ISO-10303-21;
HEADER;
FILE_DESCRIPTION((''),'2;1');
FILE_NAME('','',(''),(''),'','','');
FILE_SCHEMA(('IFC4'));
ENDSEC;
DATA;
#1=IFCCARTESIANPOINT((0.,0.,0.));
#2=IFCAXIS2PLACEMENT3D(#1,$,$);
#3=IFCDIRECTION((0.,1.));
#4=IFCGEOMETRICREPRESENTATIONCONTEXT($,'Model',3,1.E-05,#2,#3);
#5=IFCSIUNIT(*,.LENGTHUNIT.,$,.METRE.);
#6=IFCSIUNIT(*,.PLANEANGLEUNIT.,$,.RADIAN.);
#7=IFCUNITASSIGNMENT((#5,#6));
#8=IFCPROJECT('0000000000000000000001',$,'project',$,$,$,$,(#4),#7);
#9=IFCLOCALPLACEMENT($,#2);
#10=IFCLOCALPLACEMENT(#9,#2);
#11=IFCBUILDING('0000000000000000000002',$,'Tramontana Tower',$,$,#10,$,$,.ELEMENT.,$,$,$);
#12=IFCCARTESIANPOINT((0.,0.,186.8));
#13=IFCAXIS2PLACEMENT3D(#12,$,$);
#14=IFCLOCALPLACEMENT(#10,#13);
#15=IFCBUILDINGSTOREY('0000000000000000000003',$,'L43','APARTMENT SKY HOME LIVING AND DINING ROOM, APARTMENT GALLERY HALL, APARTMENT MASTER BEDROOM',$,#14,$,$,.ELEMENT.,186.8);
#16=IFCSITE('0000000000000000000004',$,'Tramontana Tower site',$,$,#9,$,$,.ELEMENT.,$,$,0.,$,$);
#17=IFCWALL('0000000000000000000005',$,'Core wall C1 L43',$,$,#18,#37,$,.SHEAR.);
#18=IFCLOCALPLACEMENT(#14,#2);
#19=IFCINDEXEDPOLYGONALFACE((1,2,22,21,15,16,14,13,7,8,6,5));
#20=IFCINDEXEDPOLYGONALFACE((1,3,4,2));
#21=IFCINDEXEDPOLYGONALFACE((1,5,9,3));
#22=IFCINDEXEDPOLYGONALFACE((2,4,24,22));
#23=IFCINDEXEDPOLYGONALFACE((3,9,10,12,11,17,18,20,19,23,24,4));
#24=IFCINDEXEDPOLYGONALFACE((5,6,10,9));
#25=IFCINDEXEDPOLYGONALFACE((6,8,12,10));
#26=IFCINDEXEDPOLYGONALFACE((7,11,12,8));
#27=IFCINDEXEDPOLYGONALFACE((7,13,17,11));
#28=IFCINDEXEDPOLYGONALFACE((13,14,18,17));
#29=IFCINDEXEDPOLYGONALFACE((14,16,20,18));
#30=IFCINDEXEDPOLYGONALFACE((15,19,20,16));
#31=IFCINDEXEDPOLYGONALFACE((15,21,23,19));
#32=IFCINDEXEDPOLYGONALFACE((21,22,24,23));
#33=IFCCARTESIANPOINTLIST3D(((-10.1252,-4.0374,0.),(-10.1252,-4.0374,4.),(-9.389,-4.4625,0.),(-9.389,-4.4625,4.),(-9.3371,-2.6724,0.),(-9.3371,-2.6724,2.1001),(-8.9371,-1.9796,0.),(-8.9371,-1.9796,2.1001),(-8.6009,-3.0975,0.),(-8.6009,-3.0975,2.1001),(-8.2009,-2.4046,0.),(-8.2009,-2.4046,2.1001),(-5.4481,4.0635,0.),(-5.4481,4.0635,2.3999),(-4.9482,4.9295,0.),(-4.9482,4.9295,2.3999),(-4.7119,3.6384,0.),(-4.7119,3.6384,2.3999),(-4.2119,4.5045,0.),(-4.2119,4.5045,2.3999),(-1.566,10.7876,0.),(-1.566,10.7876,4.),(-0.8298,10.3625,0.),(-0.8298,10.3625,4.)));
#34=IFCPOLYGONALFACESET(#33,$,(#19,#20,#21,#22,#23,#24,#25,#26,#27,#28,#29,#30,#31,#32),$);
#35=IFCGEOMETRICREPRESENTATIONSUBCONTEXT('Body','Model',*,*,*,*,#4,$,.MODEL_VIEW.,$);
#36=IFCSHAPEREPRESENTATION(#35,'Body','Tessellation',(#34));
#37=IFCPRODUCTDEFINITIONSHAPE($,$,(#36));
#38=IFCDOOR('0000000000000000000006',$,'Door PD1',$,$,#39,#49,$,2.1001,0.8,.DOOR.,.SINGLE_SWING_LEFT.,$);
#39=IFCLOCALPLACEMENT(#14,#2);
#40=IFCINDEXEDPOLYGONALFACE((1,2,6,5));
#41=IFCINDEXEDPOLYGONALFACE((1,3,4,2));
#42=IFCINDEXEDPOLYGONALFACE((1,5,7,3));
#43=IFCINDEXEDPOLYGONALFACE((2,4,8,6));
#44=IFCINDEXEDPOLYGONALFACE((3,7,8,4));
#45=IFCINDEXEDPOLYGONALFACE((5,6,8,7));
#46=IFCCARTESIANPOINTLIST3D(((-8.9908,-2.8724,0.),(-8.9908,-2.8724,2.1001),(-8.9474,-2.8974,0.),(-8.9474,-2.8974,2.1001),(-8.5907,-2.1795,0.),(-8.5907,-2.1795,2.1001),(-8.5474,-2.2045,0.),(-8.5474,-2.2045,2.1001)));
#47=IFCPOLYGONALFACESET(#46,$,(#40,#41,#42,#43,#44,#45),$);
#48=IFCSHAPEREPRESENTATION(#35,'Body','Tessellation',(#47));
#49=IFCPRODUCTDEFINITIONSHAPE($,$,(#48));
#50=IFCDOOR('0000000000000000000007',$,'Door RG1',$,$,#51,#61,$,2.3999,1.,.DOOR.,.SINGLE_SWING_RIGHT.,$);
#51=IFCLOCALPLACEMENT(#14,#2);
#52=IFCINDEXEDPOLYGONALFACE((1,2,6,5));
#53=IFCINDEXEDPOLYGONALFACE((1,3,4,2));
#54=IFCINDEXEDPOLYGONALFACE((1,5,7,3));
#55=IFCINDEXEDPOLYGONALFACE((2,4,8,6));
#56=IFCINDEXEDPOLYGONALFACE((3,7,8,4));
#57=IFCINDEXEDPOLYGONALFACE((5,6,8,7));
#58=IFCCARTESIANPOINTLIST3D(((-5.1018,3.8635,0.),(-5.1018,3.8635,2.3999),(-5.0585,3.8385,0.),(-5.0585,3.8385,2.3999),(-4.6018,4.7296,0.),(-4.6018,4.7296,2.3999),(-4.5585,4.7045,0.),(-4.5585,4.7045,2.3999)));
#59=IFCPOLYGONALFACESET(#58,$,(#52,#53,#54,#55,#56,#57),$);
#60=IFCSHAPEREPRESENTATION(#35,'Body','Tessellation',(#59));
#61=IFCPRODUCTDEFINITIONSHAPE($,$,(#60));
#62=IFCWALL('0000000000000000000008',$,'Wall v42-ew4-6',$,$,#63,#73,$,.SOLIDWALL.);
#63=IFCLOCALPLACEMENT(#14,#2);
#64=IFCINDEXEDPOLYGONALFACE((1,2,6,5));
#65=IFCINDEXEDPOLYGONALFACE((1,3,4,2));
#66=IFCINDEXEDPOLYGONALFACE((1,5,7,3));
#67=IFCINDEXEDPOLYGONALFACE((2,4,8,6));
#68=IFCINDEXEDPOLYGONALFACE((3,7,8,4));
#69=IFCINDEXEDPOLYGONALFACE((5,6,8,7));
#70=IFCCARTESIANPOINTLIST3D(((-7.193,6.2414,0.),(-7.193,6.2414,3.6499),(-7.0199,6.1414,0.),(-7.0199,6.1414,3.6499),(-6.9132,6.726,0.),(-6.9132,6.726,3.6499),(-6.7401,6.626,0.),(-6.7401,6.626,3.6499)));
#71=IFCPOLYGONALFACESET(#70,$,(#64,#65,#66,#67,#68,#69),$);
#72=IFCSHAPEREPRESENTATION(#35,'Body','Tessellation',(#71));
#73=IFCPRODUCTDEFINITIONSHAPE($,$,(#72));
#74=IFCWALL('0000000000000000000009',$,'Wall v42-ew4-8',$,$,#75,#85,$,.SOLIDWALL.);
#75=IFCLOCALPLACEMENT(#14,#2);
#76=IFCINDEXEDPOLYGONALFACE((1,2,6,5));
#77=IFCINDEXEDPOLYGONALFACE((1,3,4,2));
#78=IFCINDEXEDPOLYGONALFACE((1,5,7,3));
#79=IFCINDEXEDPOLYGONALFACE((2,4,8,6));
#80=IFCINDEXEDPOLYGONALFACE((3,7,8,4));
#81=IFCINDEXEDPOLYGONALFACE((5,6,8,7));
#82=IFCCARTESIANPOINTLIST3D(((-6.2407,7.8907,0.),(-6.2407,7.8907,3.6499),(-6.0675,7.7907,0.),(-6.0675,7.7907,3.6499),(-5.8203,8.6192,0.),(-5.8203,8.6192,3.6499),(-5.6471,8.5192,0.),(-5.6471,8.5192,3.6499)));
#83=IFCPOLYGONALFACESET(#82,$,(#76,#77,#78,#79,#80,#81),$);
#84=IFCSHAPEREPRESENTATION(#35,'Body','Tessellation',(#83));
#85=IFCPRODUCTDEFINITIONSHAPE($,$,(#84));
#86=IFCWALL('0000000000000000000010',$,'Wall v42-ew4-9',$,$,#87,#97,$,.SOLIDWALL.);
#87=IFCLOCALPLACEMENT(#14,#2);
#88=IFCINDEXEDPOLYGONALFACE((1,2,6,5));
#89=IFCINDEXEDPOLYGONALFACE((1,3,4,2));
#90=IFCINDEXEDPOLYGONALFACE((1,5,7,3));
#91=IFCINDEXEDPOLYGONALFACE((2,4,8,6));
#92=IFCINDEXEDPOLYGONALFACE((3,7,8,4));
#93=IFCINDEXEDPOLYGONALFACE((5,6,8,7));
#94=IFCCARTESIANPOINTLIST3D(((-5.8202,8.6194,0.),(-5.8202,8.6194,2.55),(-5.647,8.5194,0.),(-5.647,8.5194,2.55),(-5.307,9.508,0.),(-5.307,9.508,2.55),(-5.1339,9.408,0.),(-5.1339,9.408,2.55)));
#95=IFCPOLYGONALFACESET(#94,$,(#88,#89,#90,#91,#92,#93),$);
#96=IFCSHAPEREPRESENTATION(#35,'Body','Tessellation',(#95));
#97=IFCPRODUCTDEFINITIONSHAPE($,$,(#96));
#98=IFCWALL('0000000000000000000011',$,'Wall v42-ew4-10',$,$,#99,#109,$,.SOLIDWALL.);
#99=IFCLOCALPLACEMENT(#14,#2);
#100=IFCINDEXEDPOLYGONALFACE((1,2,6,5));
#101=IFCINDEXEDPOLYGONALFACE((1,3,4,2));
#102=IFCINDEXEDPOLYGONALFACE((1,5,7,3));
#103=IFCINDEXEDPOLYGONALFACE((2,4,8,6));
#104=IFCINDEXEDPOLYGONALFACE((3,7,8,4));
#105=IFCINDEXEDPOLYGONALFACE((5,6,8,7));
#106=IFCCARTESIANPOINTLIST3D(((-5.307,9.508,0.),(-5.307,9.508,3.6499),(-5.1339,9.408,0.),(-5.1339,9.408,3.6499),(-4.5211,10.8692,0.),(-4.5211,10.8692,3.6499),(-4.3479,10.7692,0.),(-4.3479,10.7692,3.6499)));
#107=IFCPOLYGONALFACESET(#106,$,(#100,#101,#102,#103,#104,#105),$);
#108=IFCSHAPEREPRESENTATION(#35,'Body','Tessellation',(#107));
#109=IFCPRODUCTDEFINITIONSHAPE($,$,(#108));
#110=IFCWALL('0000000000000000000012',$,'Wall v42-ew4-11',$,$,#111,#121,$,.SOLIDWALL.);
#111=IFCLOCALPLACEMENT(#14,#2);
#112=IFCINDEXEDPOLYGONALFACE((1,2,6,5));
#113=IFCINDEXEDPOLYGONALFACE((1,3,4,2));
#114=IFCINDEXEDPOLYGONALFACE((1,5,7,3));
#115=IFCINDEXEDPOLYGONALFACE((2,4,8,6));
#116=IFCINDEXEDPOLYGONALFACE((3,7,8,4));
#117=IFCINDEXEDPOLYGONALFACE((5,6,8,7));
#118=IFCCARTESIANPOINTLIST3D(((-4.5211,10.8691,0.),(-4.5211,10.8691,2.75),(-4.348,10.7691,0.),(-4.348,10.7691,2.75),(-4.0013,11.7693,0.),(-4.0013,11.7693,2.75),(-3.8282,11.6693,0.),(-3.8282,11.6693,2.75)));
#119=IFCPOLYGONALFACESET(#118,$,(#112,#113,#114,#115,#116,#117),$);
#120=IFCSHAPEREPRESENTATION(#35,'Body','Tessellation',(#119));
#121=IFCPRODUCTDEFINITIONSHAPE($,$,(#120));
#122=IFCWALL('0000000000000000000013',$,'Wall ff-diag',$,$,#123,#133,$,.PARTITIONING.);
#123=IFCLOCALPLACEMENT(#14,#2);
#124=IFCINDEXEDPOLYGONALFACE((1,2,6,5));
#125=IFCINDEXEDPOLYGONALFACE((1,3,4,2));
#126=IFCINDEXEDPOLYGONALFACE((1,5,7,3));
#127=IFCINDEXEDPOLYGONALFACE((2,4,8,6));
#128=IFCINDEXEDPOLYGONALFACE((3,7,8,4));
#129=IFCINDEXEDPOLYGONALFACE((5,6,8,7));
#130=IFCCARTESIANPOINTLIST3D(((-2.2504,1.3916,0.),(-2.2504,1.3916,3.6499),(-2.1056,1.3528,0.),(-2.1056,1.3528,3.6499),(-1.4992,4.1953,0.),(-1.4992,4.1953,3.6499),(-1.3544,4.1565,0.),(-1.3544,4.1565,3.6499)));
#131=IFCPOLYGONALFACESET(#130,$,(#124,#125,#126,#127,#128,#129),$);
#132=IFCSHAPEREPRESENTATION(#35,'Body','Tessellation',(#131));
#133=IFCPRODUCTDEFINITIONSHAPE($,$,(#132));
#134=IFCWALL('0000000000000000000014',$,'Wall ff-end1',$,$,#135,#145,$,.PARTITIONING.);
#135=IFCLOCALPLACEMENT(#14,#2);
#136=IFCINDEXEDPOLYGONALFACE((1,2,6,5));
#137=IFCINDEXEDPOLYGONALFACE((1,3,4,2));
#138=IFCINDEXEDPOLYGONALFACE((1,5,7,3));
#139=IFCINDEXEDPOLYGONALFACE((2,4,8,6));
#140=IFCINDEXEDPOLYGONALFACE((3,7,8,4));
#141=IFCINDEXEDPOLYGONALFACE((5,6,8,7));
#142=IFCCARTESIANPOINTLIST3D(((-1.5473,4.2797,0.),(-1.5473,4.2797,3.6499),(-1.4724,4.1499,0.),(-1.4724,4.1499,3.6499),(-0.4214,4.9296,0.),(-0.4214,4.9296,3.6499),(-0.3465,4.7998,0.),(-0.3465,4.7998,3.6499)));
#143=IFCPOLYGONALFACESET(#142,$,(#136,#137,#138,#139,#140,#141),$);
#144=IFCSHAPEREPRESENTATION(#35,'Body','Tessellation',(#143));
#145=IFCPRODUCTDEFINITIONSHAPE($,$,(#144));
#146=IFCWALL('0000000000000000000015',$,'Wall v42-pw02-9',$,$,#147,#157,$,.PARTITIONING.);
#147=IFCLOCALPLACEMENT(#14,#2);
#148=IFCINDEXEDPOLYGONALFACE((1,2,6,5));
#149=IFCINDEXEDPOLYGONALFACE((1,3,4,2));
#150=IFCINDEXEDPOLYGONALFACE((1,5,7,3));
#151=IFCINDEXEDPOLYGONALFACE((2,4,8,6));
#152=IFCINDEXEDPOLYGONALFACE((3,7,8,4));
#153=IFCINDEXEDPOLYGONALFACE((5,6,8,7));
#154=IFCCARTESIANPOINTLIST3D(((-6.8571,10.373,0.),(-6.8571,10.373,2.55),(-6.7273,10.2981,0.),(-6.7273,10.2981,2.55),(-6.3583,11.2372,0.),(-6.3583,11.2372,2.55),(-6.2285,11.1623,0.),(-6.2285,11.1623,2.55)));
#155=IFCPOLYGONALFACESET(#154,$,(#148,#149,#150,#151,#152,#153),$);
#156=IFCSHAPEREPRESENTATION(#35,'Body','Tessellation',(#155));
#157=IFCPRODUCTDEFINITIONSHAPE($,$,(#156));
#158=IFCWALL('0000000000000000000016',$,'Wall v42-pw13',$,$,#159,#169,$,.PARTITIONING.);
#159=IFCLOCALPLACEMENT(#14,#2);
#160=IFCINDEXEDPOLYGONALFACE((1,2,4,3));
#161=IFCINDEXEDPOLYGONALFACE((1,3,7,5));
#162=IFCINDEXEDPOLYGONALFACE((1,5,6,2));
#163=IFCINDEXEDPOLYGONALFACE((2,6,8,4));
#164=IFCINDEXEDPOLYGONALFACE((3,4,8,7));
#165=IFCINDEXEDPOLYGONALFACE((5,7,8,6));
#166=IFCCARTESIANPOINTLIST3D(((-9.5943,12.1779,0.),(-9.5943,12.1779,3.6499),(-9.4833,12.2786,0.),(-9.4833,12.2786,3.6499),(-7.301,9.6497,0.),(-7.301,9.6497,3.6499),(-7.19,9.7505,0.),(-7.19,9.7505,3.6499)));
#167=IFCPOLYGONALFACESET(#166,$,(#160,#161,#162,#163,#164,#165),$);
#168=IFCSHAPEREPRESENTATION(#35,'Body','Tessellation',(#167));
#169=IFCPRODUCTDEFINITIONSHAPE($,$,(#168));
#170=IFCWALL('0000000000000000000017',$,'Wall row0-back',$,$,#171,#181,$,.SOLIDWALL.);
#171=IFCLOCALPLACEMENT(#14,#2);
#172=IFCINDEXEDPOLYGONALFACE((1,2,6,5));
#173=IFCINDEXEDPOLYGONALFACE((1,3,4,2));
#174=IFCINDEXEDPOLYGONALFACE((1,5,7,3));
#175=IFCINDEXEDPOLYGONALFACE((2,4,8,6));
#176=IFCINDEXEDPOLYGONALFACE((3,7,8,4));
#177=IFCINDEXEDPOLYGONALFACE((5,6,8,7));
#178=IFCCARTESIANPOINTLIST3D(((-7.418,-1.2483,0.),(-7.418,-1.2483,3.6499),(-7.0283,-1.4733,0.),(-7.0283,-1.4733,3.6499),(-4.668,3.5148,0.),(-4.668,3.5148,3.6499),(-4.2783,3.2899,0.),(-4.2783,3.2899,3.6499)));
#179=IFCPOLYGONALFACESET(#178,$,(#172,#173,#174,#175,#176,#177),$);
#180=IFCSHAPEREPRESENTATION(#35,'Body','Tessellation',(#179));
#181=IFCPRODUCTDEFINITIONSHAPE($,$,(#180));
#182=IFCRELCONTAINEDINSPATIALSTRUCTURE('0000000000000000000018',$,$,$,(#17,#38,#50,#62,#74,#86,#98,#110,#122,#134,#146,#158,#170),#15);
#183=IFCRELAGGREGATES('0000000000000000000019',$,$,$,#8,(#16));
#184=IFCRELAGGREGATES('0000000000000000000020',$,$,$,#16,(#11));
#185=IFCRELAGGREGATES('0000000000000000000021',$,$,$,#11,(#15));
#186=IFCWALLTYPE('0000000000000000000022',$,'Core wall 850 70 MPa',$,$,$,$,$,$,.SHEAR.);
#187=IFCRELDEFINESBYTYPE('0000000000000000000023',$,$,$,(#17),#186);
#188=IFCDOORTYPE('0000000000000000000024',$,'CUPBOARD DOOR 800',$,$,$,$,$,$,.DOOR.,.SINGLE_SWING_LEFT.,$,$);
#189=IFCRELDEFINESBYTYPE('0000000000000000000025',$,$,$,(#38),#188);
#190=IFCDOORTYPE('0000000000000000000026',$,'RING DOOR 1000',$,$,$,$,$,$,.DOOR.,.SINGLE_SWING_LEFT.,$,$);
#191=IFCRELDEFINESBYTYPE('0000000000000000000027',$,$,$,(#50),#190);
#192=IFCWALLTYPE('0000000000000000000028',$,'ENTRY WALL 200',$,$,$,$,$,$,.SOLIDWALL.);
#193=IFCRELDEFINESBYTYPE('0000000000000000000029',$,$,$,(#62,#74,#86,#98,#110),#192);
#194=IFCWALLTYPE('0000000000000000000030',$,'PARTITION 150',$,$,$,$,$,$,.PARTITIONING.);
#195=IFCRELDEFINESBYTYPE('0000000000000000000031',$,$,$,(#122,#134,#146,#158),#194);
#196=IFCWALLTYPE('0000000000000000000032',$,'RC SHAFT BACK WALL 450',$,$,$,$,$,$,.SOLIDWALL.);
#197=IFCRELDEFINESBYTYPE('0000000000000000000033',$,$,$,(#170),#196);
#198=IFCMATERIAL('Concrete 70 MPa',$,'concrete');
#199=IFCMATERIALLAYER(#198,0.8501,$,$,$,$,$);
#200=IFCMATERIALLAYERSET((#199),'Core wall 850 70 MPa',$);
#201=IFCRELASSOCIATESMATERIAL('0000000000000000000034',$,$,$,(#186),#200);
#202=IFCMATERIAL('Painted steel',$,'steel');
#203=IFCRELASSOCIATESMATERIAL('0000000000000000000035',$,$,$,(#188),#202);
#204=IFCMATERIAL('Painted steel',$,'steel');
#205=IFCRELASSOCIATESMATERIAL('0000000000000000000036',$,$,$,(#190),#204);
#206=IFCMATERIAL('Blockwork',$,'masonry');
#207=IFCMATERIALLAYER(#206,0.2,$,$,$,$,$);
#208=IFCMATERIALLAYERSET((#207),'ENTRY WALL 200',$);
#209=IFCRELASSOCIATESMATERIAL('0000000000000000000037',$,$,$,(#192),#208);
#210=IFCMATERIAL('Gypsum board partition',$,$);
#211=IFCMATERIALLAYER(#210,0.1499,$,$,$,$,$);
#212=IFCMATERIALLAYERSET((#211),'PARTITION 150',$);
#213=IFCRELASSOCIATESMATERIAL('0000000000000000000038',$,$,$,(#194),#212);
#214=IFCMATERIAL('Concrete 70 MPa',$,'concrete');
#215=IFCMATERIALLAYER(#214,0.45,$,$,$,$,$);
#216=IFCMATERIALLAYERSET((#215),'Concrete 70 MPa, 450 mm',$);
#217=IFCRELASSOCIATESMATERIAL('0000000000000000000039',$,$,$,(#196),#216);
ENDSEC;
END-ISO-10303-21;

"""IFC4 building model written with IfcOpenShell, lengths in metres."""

from ifc_helpers import new_model, si_unit, direction, frame, frame_2d, origin, place, context, subcontext, project, spatial, rectangle, extrude, material, layer, layer_set, type_object, element, fill, save


model = new_model("IFC4")

# Units and contexts
model_context = context("Model", 3, precision=1e-05, world=origin(), true_north=direction((0.0, 1.0)))
body_context = subcontext(model_context, "Body", "Model", "MODEL_VIEW")
ifc_project = project(units=[si_unit("LENGTHUNIT", "METRE"), si_unit("PLANEANGLEUNIT", "RADIAN")], contexts=[model_context])

# Site, building, storey
site_placement = place(None, origin())
site = spatial("IfcSite", under=ifc_project, at=site_placement, Name="Tramontana Tower site", CompositionType="ELEMENT", RefElevation=0.0)
building_placement = place(site_placement, origin())
building = spatial("IfcBuilding", under=site, at=building_placement, Name="Tramontana Tower", CompositionType="ELEMENT")
storey_placement = place(building_placement, frame((0.0, 0.0, 186.8)))
storey = spatial("IfcBuildingStorey", under=building, at=storey_placement, Name="L43", Description="APARTMENT SKY HOME LIVING AND DINING ROOM, APARTMENT GALLERY HALL, APARTMENT MASTER BEDROOM", CompositionType="ELEMENT", Elevation=186.8)

# Wall, openings, doors
ifc_material_1 = material(Name="Concrete 70 MPa", Category="concrete")
ifc_layer_1 = layer(ifc_material_1, 0.8501)
ifc_layer_set_1 = layer_set([ifc_layer_1], Name="Core wall 850 70 MPa")
wall_type_1 = type_object("IfcWallType", Name="Core wall 850 70 MPa", PredefinedType="SHEAR", material=ifc_layer_set_1)
wall_1_placement = place(storey_placement, frame((-1.198, 10.575, 0.0), z_axis=(0.0, 0.0, 1.0), x_axis=(-0.499995, -0.866028, 0.0)))
wall_1 = element("IfcWall", 1, at=wall_1_placement, inside=storey, type_object=wall_type_1, Name="Core wall C1 L43", PredefinedType="SHEAR", context=body_context, shape_type="SweptSolid", body=[
    extrude(rectangle(XDim=17.1184, YDim=0.8501, at=frame_2d((8.5591, 0.0))), origin(), (0.0, 0.0, 1.0), 4.0),
])
opening_1_placement = place(wall_1_placement, frame((6.7642, 0.0, 0.0)))
opening_1 = element("IfcOpeningElement", 2, at=opening_1_placement, cuts=wall_1, PredefinedType="OPENING", context=body_context, shape_type="SweptSolid", body=[
    extrude(rectangle(XDim=1.0, YDim=2.3999, at=frame_2d((0.5, 1.2))), frame((0.0, 0.4351, 0.0), z_axis=(0.0, -1.0, 0.0), x_axis=(1.0, 0.0, 0.0)), (0.0, 0.0, 1.0), 0.8701),
])
opening_2_placement = place(wall_1_placement, frame((14.7422, 0.0, 0.0)))
opening_2 = element("IfcOpeningElement", 3, at=opening_2_placement, cuts=wall_1, PredefinedType="OPENING", context=body_context, shape_type="SweptSolid", body=[
    extrude(rectangle(XDim=0.8, YDim=2.1001, at=frame_2d((0.3999, 1.05))), frame((0.0, 0.4351, 0.0), z_axis=(0.0, -1.0, 0.0), x_axis=(1.0, 0.0, 0.0)), (0.0, 0.0, 1.0), 0.8701),
])
ifc_material_2 = material(Name="Painted steel", Category="steel")
door_type_1 = type_object("IfcDoorType", Name="CUPBOARD DOOR 800", OperationType="SINGLE_SWING_LEFT", PredefinedType="DOOR", material=ifc_material_2)
door_1_placement = place(opening_2_placement, origin())
door_1 = element("IfcDoor", 4, at=door_1_placement, inside=storey, type_object=door_type_1, Name="Door PD1", OperationType="SINGLE_SWING_LEFT", OverallHeight=2.1001, OverallWidth=0.8, PredefinedType="DOOR", context=body_context, shape_type="SweptSolid", body=[
    extrude(rectangle(XDim=0.8, YDim=2.1001, at=frame_2d((0.3999, 1.05))), frame((0.0, 0.0249, 0.0), z_axis=(0.0, -1.0, 0.0), x_axis=(1.0, 0.0, 0.0)), (0.0, 0.0, 1.0), 0.05),
])
fill(opening_2, door_1)
ifc_material_3 = material(Name="Painted steel", Category="steel")
door_type_2 = type_object("IfcDoorType", Name="RING DOOR 1000", OperationType="SINGLE_SWING_LEFT", PredefinedType="DOOR", material=ifc_material_3)
door_2_placement = place(opening_1_placement, origin())
door_2 = element("IfcDoor", 5, at=door_2_placement, inside=storey, type_object=door_type_2, Name="Door RG1", OperationType="SINGLE_SWING_RIGHT", OverallHeight=2.3999, OverallWidth=1.0, PredefinedType="DOOR", context=body_context, shape_type="SweptSolid", body=[
    extrude(rectangle(XDim=1.0, YDim=2.3999, at=frame_2d((0.5, 1.2))), frame((0.0, 0.0249, 0.0), z_axis=(0.0, -1.0, 0.0), x_axis=(1.0, 0.0, 0.0)), (0.0, 0.0, 1.0), 0.05),
])
fill(opening_1, door_2)

# Wall
ifc_material_4 = material(Name="Blockwork", Category="masonry")
ifc_layer_2 = layer(ifc_material_4, 0.2)
ifc_layer_set_2 = layer_set([ifc_layer_2], Name="ENTRY WALL 200")
wall_type_2 = type_object("IfcWallType", Name="ENTRY WALL 200", PredefinedType="SOLIDWALL", material=ifc_layer_set_2)
wall_2_placement = place(storey_placement, frame((-7.1064, 6.1914, 0.0), z_axis=(0.0, 0.0, 1.0), x_axis=(0.499987, 0.866033, 0.0)))
element("IfcWall", 6, at=wall_2_placement, inside=storey, type_object=wall_type_2, Name="Wall v42-ew4-6", PredefinedType="SOLIDWALL", context=body_context, shape_type="SweptSolid", body=[
    extrude(rectangle(XDim=0.5596, YDim=0.2, at=frame_2d((0.2798, 0.0))), origin(), (0.0, 0.0, 1.0), 3.6499),
])

# Walls
wall_3_placement = place(storey_placement, frame((-6.1541, 7.8408, 0.0), z_axis=(0.0, 0.0, 1.0), x_axis=(0.499823, 0.866128, 0.0)))
element("IfcWall", 7, at=wall_3_placement, inside=storey, type_object=wall_type_2, Name="Wall v42-ew4-8", PredefinedType="SOLIDWALL", context=body_context, shape_type="SweptSolid", body=[
    extrude(rectangle(XDim=0.8411, YDim=0.2, at=frame_2d((0.4204, 0.0))), origin(), (0.0, 0.0, 1.0), 3.6499),
])
wall_4_placement = place(storey_placement, frame((-5.7336, 8.5693, 0.0), z_axis=(0.0, 0.0, 1.0), x_axis=(0.500079, 0.86598, 0.0)))
element("IfcWall", 8, at=wall_4_placement, inside=storey, type_object=wall_type_2, Name="Wall v42-ew4-9", PredefinedType="SOLIDWALL", context=body_context, shape_type="SweptSolid", body=[
    extrude(rectangle(XDim=1.0261, YDim=0.2, at=frame_2d((0.5132, 0.0))), origin(), (0.0, 0.0, 1.0), 2.55),
])
wall_5_placement = place(storey_placement, frame((-5.2205, 9.458, 0.0), z_axis=(0.0, 0.0, 1.0), x_axis=(0.500032, 0.866007, 0.0)))
element("IfcWall", 9, at=wall_5_placement, inside=storey, type_object=wall_type_2, Name="Wall v42-ew4-10", PredefinedType="SOLIDWALL", context=body_context, shape_type="SweptSolid", body=[
    extrude(rectangle(XDim=1.5718, YDim=0.2, at=frame_2d((0.7859, 0.0))), origin(), (0.0, 0.0, 1.0), 3.6499),
])
wall_6_placement = place(storey_placement, frame((-4.4346, 10.8191, 0.0), z_axis=(0.0, 0.0, 1.0), x_axis=(0.500055, 0.865994, 0.0)))
element("IfcWall", 10, at=wall_6_placement, inside=storey, type_object=wall_type_2, Name="Wall v42-ew4-11", PredefinedType="SOLIDWALL", context=body_context, shape_type="SweptSolid", body=[
    extrude(rectangle(XDim=1.0396, YDim=0.2, at=frame_2d((0.5198, 0.0))), origin(), (0.0, 0.0, 1.0), 2.75),
])
ifc_material_5 = material(Name="Gypsum board partition")
ifc_layer_3 = layer(ifc_material_5, 0.1499)
ifc_layer_set_3 = layer_set([ifc_layer_3], Name="PARTITION 150")
wall_type_3 = type_object("IfcWallType", Name="PARTITION 150", PredefinedType="PARTITIONING", material=ifc_layer_set_3)
wall_7_placement = place(storey_placement, frame((-2.178, 1.3723, 0.0), z_axis=(0.0, 0.0, 1.0), x_axis=(0.258809, 0.965929, 0.0)))
element("IfcWall", 11, at=wall_7_placement, inside=storey, type_object=wall_type_3, Name="Wall ff-diag", PredefinedType="PARTITIONING", context=body_context, shape_type="SweptSolid", body=[
    extrude(rectangle(XDim=2.9026, YDim=0.1499, at=frame_2d((1.4512, 0.0))), origin(), (0.0, 0.0, 1.0), 3.6499),
])
wall_8_placement = place(storey_placement, frame((-1.5098, 4.2148, 0.0), z_axis=(0.0, 0.0, 1.0), x_axis=(0.866086, 0.499896, 0.0)))
element("IfcWall", 12, at=wall_8_placement, inside=storey, type_object=wall_type_3, Name="Wall ff-end1", PredefinedType="PARTITIONING", context=body_context, shape_type="SweptSolid", body=[
    extrude(rectangle(XDim=1.3, YDim=0.1499, at=frame_2d((0.6499, 0.0))), origin(), (0.0, 0.0, 1.0), 3.6499),
])
wall_9_placement = place(storey_placement, frame((-6.7922, 10.3354, 0.0), z_axis=(0.0, 0.0, 1.0), x_axis=(0.49985, 0.866112, 0.0)))
element("IfcWall", 13, at=wall_9_placement, inside=storey, type_object=wall_type_3, Name="Wall v42-pw02-9", PredefinedType="PARTITIONING", context=body_context, shape_type="SweptSolid", body=[
    extrude(rectangle(XDim=0.9978, YDim=0.1499, at=frame_2d((0.499, 0.0))), origin(), (0.0, 0.0, 1.0), 2.55),
])
wall_10_placement = place(storey_placement, frame((-7.2456, 9.7002, 0.0), z_axis=(0.0, 0.0, 1.0), x_axis=(-0.671864, 0.740674, 0.0)))
element("IfcWall", 14, at=wall_10_placement, inside=storey, type_object=wall_type_3, Name="Wall v42-pw13", PredefinedType="PARTITIONING", context=body_context, shape_type="SweptSolid", body=[
    extrude(rectangle(XDim=3.4133, YDim=0.1499, at=frame_2d((1.7065, 0.0))), origin(), (0.0, 0.0, 1.0), 3.6499),
])
ifc_material_6 = material(Name="Concrete 70 MPa", Category="concrete")
ifc_layer_4 = layer(ifc_material_6, 0.45)
ifc_layer_set_4 = layer_set([ifc_layer_4], Name="Concrete 70 MPa, 450 mm")
wall_type_4 = type_object("IfcWallType", Name="RC SHAFT BACK WALL 450", PredefinedType="SOLIDWALL", material=ifc_layer_set_4)
wall_11_placement = place(storey_placement, frame((-4.4731, 3.4023, 0.0), z_axis=(0.0, 0.0, 1.0), x_axis=(-0.499997, -0.866027, 0.0)))
element("IfcWall", 15, at=wall_11_placement, inside=storey, type_object=wall_type_4, Name="Wall row0-back", PredefinedType="SOLIDWALL", context=body_context, shape_type="SweptSolid", body=[
    extrude(rectangle(XDim=5.5, YDim=0.45, at=frame_2d((2.75, 0.0))), origin(), (0.0, 0.0, 1.0), 3.6499),
])

save(model, "model.ifc")
